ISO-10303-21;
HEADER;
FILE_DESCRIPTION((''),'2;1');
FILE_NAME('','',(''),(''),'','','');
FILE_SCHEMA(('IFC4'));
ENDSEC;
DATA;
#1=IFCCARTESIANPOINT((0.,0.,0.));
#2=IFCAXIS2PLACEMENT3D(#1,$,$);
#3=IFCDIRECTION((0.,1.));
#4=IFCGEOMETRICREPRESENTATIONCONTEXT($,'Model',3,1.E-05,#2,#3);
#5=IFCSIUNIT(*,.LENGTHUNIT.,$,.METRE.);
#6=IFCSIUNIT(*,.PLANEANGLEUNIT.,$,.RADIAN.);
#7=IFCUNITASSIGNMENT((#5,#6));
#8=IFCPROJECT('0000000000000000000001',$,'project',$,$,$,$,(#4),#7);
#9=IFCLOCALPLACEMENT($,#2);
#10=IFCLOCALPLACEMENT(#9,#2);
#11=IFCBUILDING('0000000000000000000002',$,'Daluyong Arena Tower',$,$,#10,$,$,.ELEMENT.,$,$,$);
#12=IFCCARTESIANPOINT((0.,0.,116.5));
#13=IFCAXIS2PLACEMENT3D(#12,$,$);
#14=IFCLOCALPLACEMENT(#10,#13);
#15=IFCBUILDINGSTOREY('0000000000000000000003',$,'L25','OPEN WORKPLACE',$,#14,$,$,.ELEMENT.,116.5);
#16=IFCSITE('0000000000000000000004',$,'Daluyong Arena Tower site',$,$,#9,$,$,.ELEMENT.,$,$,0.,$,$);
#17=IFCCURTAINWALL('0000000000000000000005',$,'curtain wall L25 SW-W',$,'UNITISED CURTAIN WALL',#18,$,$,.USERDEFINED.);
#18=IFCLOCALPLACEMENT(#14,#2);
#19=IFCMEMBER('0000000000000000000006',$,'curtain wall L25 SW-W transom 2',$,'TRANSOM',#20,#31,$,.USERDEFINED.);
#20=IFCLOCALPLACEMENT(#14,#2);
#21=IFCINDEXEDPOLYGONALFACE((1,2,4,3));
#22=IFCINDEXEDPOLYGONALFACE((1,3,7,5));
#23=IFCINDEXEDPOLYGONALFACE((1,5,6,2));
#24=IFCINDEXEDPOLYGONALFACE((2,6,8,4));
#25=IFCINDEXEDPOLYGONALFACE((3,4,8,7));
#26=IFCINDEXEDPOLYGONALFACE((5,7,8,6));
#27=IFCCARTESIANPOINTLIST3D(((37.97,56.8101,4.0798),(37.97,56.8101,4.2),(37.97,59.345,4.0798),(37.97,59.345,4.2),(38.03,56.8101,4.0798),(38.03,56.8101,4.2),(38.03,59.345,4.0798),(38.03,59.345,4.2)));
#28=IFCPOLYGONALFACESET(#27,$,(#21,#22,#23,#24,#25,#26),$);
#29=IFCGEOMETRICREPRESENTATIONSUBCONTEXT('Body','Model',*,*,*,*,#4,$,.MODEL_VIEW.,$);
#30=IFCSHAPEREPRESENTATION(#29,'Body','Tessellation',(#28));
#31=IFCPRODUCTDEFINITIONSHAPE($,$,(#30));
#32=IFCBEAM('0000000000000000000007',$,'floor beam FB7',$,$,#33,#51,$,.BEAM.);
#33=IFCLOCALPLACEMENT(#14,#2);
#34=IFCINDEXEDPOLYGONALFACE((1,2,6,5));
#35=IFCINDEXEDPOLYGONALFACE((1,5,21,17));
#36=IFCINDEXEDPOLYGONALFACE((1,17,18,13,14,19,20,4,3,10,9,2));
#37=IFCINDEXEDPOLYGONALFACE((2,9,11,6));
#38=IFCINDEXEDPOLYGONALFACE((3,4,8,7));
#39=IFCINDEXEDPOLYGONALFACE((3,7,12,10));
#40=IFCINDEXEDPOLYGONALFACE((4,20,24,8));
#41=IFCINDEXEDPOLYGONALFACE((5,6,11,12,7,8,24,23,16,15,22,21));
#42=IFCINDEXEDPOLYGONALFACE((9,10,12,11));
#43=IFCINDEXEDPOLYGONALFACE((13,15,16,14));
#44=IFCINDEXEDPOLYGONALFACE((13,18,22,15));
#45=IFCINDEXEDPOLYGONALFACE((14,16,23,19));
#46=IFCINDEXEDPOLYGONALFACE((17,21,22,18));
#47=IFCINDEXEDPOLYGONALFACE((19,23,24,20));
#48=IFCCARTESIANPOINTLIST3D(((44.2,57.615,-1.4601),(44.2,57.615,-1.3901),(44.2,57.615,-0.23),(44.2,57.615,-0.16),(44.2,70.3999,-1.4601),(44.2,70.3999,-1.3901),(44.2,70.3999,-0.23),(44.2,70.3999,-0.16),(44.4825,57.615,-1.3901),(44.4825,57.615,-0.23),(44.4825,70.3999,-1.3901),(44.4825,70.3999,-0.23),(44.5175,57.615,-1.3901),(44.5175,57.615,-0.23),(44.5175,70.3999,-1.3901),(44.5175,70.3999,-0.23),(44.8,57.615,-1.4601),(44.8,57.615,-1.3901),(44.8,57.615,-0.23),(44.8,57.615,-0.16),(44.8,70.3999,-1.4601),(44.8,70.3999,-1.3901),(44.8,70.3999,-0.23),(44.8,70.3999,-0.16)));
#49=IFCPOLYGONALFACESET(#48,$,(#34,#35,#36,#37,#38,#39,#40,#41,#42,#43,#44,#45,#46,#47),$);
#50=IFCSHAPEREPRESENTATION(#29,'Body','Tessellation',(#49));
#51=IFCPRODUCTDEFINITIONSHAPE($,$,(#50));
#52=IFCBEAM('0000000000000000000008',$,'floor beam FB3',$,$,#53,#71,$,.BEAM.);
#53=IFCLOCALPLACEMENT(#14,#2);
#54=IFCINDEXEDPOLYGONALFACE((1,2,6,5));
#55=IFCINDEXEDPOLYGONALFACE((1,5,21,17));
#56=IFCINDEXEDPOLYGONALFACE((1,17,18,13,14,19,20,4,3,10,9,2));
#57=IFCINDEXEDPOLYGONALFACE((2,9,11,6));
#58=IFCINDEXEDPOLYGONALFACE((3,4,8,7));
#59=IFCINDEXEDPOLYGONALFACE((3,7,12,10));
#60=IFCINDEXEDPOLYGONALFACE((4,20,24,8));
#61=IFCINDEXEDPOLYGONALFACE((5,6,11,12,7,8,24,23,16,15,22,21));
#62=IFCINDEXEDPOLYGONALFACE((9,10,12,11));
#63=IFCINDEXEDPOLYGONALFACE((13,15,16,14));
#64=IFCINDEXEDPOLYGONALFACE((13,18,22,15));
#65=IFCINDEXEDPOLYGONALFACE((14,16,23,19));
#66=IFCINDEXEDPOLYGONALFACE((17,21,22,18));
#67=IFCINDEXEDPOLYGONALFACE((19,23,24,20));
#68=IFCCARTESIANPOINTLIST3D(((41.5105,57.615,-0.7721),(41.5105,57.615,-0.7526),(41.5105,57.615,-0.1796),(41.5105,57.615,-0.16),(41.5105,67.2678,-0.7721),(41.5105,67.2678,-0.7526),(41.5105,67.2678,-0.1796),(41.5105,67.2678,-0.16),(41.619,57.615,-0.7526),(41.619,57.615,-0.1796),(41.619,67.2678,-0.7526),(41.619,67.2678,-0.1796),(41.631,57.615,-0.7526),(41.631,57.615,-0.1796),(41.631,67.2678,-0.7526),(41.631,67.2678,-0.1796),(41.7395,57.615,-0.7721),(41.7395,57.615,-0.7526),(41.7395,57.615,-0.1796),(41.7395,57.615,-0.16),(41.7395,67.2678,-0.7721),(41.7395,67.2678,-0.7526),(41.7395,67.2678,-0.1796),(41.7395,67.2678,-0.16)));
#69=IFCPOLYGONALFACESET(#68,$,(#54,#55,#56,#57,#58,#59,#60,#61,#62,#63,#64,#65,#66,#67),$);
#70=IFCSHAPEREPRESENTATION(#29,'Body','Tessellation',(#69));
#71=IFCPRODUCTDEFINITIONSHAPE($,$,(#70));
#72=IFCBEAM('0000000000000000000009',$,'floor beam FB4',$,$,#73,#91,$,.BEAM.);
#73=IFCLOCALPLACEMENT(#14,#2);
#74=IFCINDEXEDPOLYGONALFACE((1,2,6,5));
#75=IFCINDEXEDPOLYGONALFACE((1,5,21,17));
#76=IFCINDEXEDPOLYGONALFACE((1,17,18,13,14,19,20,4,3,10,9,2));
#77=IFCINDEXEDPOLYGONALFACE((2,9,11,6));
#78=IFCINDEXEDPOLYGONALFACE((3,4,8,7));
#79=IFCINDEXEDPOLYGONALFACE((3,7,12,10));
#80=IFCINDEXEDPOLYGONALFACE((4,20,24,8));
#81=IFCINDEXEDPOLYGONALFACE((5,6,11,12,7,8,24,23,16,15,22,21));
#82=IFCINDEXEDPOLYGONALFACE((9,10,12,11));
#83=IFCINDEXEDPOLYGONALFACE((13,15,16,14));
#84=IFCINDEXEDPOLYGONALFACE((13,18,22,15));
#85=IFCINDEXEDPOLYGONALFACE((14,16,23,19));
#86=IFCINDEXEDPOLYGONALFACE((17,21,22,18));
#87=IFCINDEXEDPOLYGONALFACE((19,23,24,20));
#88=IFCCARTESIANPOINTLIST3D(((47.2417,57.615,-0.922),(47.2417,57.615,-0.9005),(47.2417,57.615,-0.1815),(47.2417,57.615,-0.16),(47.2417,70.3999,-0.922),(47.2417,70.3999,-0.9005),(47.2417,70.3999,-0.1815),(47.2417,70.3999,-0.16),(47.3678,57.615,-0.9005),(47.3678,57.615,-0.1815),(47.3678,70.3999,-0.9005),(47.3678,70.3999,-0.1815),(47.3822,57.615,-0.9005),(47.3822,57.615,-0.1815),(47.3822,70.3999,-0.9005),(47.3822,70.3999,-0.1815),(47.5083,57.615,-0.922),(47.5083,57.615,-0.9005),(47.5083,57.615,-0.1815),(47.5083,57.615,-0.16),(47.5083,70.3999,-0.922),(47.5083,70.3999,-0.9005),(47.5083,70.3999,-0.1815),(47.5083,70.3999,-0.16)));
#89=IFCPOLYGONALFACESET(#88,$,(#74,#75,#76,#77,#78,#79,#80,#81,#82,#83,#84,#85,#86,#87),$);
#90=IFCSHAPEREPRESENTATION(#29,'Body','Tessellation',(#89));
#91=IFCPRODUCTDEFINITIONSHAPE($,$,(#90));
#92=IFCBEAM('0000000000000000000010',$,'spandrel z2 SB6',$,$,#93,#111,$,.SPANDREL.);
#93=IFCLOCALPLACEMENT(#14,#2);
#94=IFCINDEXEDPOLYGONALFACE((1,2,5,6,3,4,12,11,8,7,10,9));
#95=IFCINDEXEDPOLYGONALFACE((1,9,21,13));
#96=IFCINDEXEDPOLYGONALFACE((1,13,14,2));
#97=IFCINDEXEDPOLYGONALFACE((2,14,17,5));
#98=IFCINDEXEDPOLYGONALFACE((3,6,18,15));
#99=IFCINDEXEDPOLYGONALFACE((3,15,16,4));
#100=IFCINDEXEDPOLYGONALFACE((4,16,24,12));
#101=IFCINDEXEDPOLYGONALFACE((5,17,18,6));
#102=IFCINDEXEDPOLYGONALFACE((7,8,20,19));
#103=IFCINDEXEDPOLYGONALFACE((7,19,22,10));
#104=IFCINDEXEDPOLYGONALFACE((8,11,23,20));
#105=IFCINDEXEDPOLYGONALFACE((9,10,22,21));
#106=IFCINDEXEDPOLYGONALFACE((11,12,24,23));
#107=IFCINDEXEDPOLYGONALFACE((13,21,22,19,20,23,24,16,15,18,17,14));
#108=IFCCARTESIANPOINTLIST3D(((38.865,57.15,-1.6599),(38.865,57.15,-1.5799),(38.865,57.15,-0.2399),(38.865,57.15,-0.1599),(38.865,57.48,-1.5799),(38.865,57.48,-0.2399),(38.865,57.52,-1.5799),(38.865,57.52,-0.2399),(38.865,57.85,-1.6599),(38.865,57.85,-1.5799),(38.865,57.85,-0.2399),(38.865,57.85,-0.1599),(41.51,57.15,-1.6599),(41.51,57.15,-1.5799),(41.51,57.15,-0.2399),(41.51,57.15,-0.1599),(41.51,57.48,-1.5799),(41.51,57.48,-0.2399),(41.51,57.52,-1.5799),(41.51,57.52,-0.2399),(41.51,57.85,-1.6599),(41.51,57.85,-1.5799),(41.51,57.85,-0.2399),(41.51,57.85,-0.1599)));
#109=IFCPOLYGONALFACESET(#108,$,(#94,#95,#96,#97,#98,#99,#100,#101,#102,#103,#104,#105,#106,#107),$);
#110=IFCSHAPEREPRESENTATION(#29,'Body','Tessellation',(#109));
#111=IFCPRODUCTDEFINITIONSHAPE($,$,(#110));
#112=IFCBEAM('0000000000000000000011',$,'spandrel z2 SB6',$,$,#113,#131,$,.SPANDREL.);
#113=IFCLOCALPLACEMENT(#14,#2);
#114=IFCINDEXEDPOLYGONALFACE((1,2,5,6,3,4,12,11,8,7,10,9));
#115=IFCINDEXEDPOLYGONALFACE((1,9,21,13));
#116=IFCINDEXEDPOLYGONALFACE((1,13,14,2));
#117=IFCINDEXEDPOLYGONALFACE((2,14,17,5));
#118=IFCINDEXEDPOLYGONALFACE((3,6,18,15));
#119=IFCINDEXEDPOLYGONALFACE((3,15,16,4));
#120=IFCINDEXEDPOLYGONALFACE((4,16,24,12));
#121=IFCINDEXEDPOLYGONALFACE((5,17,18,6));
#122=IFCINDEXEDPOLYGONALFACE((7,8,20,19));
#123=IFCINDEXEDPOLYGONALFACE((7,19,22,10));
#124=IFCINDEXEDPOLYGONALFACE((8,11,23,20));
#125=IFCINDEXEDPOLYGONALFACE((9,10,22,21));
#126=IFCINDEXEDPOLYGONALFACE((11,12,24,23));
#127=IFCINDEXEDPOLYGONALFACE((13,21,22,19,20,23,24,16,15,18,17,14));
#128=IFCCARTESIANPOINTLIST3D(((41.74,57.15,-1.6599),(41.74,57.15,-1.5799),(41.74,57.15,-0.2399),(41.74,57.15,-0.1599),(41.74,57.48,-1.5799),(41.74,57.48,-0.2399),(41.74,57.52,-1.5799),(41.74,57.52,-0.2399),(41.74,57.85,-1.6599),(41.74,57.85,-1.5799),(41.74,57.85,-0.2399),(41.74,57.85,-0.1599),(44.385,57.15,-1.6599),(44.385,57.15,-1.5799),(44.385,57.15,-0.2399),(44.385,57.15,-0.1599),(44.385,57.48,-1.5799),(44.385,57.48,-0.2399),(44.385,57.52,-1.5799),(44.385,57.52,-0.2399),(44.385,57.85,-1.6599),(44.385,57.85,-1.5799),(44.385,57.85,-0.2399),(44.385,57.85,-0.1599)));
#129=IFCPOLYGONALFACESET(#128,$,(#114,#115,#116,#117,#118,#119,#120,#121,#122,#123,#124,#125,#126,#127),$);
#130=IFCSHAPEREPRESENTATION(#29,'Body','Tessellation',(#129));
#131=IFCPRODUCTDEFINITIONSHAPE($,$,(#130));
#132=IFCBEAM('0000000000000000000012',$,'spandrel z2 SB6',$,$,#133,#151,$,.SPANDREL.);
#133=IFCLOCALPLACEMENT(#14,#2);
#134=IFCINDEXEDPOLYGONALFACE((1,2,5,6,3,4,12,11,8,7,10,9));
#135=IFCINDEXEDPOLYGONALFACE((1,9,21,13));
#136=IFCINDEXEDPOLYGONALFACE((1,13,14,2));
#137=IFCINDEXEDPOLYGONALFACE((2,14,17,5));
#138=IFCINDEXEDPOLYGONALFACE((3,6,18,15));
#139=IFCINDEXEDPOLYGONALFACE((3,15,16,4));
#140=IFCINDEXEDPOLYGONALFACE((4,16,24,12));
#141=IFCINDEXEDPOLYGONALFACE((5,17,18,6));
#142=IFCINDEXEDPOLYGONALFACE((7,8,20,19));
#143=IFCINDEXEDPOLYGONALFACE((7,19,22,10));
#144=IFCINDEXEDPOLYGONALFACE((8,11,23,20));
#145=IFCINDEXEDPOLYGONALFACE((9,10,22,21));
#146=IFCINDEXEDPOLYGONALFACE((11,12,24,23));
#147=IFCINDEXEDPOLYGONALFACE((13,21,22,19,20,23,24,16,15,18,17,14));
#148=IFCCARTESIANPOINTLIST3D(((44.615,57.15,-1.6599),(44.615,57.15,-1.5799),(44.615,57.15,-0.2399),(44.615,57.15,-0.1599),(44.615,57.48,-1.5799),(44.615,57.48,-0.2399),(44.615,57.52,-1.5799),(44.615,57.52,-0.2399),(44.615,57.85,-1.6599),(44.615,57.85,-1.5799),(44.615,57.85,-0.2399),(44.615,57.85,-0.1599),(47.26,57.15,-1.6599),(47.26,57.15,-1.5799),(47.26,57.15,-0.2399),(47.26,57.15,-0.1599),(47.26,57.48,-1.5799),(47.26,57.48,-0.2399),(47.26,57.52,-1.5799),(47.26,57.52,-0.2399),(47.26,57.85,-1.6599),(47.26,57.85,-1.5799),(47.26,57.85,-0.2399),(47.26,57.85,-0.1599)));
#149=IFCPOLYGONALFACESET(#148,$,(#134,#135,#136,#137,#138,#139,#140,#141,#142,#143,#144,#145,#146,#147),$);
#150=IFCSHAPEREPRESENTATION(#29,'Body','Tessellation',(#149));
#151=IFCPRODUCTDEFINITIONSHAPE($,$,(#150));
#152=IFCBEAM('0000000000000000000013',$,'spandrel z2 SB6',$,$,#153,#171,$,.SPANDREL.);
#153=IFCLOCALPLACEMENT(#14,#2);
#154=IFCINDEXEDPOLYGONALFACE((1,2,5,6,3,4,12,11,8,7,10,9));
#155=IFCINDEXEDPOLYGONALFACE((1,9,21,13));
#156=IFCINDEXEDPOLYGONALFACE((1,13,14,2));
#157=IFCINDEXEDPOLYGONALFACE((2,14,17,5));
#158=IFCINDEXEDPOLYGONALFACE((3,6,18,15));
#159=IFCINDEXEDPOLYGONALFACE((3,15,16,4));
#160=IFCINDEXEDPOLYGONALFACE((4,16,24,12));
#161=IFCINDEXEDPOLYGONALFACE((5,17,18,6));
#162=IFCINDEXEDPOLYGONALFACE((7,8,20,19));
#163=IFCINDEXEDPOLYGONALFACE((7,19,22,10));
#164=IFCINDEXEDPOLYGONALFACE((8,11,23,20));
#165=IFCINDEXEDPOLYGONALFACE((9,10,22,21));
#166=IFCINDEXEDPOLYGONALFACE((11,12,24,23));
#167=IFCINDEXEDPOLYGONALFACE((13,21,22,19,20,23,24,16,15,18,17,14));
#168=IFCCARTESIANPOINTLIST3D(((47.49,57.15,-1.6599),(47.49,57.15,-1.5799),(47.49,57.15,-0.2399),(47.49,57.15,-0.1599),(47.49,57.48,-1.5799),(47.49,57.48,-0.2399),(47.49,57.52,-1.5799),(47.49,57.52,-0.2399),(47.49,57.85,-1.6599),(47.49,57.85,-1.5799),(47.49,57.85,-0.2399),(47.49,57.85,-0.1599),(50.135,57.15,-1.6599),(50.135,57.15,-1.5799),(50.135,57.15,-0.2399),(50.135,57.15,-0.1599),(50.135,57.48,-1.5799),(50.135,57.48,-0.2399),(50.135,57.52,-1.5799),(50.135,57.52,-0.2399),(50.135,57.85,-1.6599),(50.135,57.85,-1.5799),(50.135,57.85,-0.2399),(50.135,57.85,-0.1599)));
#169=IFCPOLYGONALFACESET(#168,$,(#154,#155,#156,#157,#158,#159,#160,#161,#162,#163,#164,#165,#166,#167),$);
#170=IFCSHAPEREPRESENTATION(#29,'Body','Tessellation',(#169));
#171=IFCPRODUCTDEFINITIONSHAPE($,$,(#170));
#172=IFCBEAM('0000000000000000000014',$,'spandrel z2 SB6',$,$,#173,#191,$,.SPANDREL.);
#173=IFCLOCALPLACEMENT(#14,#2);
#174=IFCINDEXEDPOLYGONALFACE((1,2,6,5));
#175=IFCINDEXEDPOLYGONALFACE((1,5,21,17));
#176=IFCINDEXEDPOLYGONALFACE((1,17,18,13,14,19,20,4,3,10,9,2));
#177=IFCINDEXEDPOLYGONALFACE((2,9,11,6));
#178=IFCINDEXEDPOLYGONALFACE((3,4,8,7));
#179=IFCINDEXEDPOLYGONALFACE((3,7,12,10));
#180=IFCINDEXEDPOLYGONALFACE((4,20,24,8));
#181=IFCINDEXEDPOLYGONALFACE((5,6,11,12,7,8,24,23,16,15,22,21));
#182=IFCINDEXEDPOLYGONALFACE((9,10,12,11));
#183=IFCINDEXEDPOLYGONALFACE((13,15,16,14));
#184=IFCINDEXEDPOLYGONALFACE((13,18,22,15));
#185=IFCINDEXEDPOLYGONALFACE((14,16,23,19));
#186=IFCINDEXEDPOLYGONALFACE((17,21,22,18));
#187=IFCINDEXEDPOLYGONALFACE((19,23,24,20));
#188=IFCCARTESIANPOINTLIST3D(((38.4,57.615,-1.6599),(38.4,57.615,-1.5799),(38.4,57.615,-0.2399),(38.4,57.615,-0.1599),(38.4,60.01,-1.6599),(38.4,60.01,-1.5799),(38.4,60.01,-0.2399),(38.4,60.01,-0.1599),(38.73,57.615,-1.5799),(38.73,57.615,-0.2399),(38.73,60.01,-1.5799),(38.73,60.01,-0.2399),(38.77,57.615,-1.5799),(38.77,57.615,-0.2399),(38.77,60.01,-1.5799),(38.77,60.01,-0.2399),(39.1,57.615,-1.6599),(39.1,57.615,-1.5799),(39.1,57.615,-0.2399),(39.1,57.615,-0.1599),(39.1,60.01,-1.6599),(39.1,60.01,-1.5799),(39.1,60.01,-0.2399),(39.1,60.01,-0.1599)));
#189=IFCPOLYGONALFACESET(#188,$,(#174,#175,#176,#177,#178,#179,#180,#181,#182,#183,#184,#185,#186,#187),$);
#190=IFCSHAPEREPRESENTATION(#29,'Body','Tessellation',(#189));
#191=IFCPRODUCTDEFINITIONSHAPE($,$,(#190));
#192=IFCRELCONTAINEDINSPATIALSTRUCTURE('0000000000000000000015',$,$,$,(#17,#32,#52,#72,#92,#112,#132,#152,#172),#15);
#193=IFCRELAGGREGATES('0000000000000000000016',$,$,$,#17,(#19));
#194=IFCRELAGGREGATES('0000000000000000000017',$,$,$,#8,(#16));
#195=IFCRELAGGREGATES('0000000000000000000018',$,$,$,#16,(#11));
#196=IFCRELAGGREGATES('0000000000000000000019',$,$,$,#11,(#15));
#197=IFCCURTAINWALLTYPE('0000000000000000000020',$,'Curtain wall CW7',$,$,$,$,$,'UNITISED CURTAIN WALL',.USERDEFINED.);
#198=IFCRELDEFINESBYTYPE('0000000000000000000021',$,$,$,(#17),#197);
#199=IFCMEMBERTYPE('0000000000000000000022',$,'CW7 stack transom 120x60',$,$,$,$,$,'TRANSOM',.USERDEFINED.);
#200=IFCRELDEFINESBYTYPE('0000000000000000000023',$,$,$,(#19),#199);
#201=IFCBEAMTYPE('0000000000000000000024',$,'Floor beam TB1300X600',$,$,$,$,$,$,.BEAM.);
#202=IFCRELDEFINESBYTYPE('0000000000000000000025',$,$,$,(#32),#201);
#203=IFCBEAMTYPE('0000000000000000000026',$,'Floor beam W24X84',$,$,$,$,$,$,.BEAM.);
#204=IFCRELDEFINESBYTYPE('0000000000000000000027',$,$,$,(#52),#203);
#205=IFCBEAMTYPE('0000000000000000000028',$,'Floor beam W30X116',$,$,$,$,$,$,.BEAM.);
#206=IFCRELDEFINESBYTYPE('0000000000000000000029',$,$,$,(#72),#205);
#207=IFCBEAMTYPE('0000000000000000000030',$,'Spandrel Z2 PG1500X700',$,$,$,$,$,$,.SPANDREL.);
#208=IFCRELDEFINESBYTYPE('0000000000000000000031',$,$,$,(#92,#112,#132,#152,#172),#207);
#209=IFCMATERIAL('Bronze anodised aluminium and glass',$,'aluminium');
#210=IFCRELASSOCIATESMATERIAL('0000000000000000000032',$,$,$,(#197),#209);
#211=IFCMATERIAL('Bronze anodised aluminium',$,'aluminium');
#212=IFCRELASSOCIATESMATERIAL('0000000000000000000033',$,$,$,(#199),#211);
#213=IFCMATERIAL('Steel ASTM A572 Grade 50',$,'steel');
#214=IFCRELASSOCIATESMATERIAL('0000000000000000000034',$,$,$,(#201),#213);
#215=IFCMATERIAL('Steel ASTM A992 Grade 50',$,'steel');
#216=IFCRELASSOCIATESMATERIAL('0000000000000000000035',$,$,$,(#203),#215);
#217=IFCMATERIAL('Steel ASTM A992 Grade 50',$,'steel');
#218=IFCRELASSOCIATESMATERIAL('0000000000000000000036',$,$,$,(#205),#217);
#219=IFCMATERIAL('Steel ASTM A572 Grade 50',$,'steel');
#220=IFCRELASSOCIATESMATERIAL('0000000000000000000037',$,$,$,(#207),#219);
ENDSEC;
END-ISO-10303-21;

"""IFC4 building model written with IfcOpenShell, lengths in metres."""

from ifc_helpers import new_model, si_unit, direction, frame, origin, origin_2d, place, context, subcontext, project, spatial, rectangle, i_section, extrude, material, material_profile, profile_set, type_object, element, aggregate, save


model = new_model("IFC4")

# Units and contexts
model_context = context("Model", 3, precision=1e-05, world=origin(), true_north=direction((0.0, 1.0)))
body_context = subcontext(model_context, "Body", "Model", "MODEL_VIEW")
ifc_project = project(units=[si_unit("LENGTHUNIT", "METRE"), si_unit("PLANEANGLEUNIT", "RADIAN")], contexts=[model_context])

# Site, building, storey
site_placement = place(None, origin())
site = spatial("IfcSite", under=ifc_project, at=site_placement, Name="Daluyong Arena Tower site", CompositionType="ELEMENT", RefElevation=0.0)
building_placement = place(site_placement, origin())
building = spatial("IfcBuilding", under=site, at=building_placement, Name="Daluyong Arena Tower", CompositionType="ELEMENT")
storey_placement = place(building_placement, frame((0.0, 0.0, 116.5)))
storey = spatial("IfcBuildingStorey", under=building, at=storey_placement, Name="L25", Description="OPEN WORKPLACE", CompositionType="ELEMENT", Elevation=116.5)

# Curtain wall, member
ifc_material_1 = material(Name="Bronze anodised aluminium and glass", Category="aluminium")
curtain_wall_type_1 = type_object("IfcCurtainWallType", Name="Curtain wall CW7", ElementType="UNITISED CURTAIN WALL", PredefinedType="USERDEFINED", material=ifc_material_1)
curtain_wall_1_placement = place(storey_placement, origin())
curtain_wall_1 = element("IfcCurtainWall", 1, at=curtain_wall_1_placement, inside=storey, type_object=curtain_wall_type_1, Name="curtain wall L25 SW-W", ObjectType="UNITISED CURTAIN WALL", PredefinedType="USERDEFINED")
ifc_material_2 = material(Name="Bronze anodised aluminium", Category="aluminium")
ifc_material_profile_1 = material_profile(ifc_material_2, rectangle(XDim=0.0601, YDim=0.1201, at=origin_2d()))
ifc_profile_set_1 = profile_set([ifc_material_profile_1], Name="Bronze anodised aluminium")
member_type_1 = type_object("IfcMemberType", Name="CW7 stack transom 120x60", ElementType="TRANSOM", PredefinedType="USERDEFINED", material=ifc_profile_set_1)
member_1_placement = place(storey_placement, frame((38.0, 59.345, 4.1399), z_axis=(0.0, -1.0, 0.0), x_axis=(1.0, 0.0, 0.0)))
member_1 = element("IfcMember", 2, at=member_1_placement, type_object=member_type_1, Name="curtain wall L25 SW-W transom 2", ObjectType="TRANSOM", PredefinedType="USERDEFINED", context=body_context, shape_type="SweptSolid", body=[
    extrude(rectangle(XDim=0.0601, YDim=0.1201, at=origin_2d()), origin(), (0.0, 0.0, 1.0), 2.5349),
])

# Beams
ifc_material_3 = material(Name="Steel ASTM A572 Grade 50", Category="steel")
ifc_material_profile_2 = material_profile(ifc_material_3, i_section(OverallWidth=0.6001, OverallDepth=1.3, WebThickness=0.035, FlangeThickness=0.07, at=origin_2d()))
ifc_profile_set_2 = profile_set([ifc_material_profile_2], Name="Steel ASTM A572 Grade 50")
beam_type_1 = type_object("IfcBeamType", Name="Floor beam TB1300X600", PredefinedType="BEAM", material=ifc_profile_set_2)
beam_1_placement = place(storey_placement, frame((44.5, 57.615, -0.8101), z_axis=(0.0, 1.0, 0.0), x_axis=(-1.0, 0.0, 0.0)))
element("IfcBeam", 3, at=beam_1_placement, inside=storey, type_object=beam_type_1, Name="floor beam FB7", PredefinedType="BEAM", context=body_context, shape_type="SweptSolid", body=[
    extrude(i_section(OverallWidth=0.6001, OverallDepth=1.3, WebThickness=0.035, FlangeThickness=0.07, at=origin_2d()), origin(), (0.0, 0.0, 1.0), 12.7849),
])
ifc_material_4 = material(Name="Steel ASTM A992 Grade 50", Category="steel")
ifc_material_profile_3 = material_profile(ifc_material_4, i_section(OverallWidth=0.229, OverallDepth=0.6121, WebThickness=0.012, FlangeThickness=0.0195, at=origin_2d()))
ifc_profile_set_3 = profile_set([ifc_material_profile_3], Name="Steel ASTM A992 Grade 50")
beam_type_2 = type_object("IfcBeamType", Name="Floor beam W24X84", PredefinedType="BEAM", material=ifc_profile_set_3)
beam_2_placement = place(storey_placement, frame((41.625, 57.615, -0.4661), z_axis=(0.0, 1.0, 0.0), x_axis=(-1.0, 0.0, 0.0)))
element("IfcBeam", 4, at=beam_2_placement, inside=storey, type_object=beam_type_2, Name="floor beam FB3", PredefinedType="BEAM", context=body_context, shape_type="SweptSolid", body=[
    extrude(i_section(OverallWidth=0.229, OverallDepth=0.6121, WebThickness=0.012, FlangeThickness=0.0195, at=origin_2d()), origin(), (0.0, 0.0, 1.0), 9.6528),
])
ifc_material_5 = material(Name="Steel ASTM A992 Grade 50", Category="steel")
ifc_material_profile_4 = material_profile(ifc_material_5, i_section(OverallWidth=0.2666, OverallDepth=0.762, WebThickness=0.0144, FlangeThickness=0.0215, at=origin_2d()))
ifc_profile_set_4 = profile_set([ifc_material_profile_4], Name="Steel ASTM A992 Grade 50")
beam_type_3 = type_object("IfcBeamType", Name="Floor beam W30X116", PredefinedType="BEAM", material=ifc_profile_set_4)
beam_3_placement = place(storey_placement, frame((47.375, 57.615, -0.541), z_axis=(0.0, 1.0, 0.0), x_axis=(-1.0, 0.0, 0.0)))
element("IfcBeam", 5, at=beam_3_placement, inside=storey, type_object=beam_type_3, Name="floor beam FB4", PredefinedType="BEAM", context=body_context, shape_type="SweptSolid", body=[
    extrude(i_section(OverallWidth=0.2666, OverallDepth=0.762, WebThickness=0.0144, FlangeThickness=0.0215, at=origin_2d()), origin(), (0.0, 0.0, 1.0), 12.7849),
])
ifc_material_6 = material(Name="Steel ASTM A572 Grade 50", Category="steel")
ifc_material_profile_5 = material_profile(ifc_material_6, i_section(OverallWidth=0.7, OverallDepth=1.5, WebThickness=0.04, FlangeThickness=0.08, at=origin_2d()))
ifc_profile_set_5 = profile_set([ifc_material_profile_5], Name="Steel ASTM A572 Grade 50")
beam_type_4 = type_object("IfcBeamType", Name="Spandrel Z2 PG1500X700", PredefinedType="SPANDREL", material=ifc_profile_set_5)
for number, where, z_axis, x_axis, name in (
    (6, (38.865, 57.5, -0.9099), (1.0, 0.0, 0.0), (0.0, 1.0, 0.0), "spandrel z2 SB6"),
    (7, (41.74, 57.5, -0.9099), (1.0, 0.0, 0.0), (0.0, 1.0, 0.0), "spandrel z2 SB6"),
    (8, (44.615, 57.5, -0.9099), (1.0, 0.0, 0.0), (0.0, 1.0, 0.0), "spandrel z2 SB6"),
    (9, (47.49, 57.5, -0.9099), (1.0, 0.0, 0.0), (0.0, 1.0, 0.0), "spandrel z2 SB6"),
):
    element("IfcBeam", number, at=place(storey_placement, frame(where, z_axis=z_axis, x_axis=x_axis)), inside=storey, type_object=beam_type_4, Name=name, PredefinedType="SPANDREL", context=body_context, shape_type="SweptSolid", body=[
        extrude(i_section(OverallWidth=0.7, OverallDepth=1.5, WebThickness=0.04, FlangeThickness=0.08, at=origin_2d()), origin(), (0.0, 0.0, 1.0), 2.645),
    ])
beam_4_placement = place(storey_placement, frame((38.75, 60.01, -0.9099), z_axis=(0.0, -1.0, 0.0), x_axis=(1.0, 0.0, 0.0)))
element("IfcBeam", 10, at=beam_4_placement, inside=storey, type_object=beam_type_4, Name="spandrel z2 SB6", PredefinedType="SPANDREL", context=body_context, shape_type="SweptSolid", body=[
    extrude(i_section(OverallWidth=0.7, OverallDepth=1.5, WebThickness=0.04, FlangeThickness=0.08, at=origin_2d()), origin(), (0.0, 0.0, 1.0), 2.395),
])

aggregate(curtain_wall_1, [member_1])

save(model, "model.ifc")
